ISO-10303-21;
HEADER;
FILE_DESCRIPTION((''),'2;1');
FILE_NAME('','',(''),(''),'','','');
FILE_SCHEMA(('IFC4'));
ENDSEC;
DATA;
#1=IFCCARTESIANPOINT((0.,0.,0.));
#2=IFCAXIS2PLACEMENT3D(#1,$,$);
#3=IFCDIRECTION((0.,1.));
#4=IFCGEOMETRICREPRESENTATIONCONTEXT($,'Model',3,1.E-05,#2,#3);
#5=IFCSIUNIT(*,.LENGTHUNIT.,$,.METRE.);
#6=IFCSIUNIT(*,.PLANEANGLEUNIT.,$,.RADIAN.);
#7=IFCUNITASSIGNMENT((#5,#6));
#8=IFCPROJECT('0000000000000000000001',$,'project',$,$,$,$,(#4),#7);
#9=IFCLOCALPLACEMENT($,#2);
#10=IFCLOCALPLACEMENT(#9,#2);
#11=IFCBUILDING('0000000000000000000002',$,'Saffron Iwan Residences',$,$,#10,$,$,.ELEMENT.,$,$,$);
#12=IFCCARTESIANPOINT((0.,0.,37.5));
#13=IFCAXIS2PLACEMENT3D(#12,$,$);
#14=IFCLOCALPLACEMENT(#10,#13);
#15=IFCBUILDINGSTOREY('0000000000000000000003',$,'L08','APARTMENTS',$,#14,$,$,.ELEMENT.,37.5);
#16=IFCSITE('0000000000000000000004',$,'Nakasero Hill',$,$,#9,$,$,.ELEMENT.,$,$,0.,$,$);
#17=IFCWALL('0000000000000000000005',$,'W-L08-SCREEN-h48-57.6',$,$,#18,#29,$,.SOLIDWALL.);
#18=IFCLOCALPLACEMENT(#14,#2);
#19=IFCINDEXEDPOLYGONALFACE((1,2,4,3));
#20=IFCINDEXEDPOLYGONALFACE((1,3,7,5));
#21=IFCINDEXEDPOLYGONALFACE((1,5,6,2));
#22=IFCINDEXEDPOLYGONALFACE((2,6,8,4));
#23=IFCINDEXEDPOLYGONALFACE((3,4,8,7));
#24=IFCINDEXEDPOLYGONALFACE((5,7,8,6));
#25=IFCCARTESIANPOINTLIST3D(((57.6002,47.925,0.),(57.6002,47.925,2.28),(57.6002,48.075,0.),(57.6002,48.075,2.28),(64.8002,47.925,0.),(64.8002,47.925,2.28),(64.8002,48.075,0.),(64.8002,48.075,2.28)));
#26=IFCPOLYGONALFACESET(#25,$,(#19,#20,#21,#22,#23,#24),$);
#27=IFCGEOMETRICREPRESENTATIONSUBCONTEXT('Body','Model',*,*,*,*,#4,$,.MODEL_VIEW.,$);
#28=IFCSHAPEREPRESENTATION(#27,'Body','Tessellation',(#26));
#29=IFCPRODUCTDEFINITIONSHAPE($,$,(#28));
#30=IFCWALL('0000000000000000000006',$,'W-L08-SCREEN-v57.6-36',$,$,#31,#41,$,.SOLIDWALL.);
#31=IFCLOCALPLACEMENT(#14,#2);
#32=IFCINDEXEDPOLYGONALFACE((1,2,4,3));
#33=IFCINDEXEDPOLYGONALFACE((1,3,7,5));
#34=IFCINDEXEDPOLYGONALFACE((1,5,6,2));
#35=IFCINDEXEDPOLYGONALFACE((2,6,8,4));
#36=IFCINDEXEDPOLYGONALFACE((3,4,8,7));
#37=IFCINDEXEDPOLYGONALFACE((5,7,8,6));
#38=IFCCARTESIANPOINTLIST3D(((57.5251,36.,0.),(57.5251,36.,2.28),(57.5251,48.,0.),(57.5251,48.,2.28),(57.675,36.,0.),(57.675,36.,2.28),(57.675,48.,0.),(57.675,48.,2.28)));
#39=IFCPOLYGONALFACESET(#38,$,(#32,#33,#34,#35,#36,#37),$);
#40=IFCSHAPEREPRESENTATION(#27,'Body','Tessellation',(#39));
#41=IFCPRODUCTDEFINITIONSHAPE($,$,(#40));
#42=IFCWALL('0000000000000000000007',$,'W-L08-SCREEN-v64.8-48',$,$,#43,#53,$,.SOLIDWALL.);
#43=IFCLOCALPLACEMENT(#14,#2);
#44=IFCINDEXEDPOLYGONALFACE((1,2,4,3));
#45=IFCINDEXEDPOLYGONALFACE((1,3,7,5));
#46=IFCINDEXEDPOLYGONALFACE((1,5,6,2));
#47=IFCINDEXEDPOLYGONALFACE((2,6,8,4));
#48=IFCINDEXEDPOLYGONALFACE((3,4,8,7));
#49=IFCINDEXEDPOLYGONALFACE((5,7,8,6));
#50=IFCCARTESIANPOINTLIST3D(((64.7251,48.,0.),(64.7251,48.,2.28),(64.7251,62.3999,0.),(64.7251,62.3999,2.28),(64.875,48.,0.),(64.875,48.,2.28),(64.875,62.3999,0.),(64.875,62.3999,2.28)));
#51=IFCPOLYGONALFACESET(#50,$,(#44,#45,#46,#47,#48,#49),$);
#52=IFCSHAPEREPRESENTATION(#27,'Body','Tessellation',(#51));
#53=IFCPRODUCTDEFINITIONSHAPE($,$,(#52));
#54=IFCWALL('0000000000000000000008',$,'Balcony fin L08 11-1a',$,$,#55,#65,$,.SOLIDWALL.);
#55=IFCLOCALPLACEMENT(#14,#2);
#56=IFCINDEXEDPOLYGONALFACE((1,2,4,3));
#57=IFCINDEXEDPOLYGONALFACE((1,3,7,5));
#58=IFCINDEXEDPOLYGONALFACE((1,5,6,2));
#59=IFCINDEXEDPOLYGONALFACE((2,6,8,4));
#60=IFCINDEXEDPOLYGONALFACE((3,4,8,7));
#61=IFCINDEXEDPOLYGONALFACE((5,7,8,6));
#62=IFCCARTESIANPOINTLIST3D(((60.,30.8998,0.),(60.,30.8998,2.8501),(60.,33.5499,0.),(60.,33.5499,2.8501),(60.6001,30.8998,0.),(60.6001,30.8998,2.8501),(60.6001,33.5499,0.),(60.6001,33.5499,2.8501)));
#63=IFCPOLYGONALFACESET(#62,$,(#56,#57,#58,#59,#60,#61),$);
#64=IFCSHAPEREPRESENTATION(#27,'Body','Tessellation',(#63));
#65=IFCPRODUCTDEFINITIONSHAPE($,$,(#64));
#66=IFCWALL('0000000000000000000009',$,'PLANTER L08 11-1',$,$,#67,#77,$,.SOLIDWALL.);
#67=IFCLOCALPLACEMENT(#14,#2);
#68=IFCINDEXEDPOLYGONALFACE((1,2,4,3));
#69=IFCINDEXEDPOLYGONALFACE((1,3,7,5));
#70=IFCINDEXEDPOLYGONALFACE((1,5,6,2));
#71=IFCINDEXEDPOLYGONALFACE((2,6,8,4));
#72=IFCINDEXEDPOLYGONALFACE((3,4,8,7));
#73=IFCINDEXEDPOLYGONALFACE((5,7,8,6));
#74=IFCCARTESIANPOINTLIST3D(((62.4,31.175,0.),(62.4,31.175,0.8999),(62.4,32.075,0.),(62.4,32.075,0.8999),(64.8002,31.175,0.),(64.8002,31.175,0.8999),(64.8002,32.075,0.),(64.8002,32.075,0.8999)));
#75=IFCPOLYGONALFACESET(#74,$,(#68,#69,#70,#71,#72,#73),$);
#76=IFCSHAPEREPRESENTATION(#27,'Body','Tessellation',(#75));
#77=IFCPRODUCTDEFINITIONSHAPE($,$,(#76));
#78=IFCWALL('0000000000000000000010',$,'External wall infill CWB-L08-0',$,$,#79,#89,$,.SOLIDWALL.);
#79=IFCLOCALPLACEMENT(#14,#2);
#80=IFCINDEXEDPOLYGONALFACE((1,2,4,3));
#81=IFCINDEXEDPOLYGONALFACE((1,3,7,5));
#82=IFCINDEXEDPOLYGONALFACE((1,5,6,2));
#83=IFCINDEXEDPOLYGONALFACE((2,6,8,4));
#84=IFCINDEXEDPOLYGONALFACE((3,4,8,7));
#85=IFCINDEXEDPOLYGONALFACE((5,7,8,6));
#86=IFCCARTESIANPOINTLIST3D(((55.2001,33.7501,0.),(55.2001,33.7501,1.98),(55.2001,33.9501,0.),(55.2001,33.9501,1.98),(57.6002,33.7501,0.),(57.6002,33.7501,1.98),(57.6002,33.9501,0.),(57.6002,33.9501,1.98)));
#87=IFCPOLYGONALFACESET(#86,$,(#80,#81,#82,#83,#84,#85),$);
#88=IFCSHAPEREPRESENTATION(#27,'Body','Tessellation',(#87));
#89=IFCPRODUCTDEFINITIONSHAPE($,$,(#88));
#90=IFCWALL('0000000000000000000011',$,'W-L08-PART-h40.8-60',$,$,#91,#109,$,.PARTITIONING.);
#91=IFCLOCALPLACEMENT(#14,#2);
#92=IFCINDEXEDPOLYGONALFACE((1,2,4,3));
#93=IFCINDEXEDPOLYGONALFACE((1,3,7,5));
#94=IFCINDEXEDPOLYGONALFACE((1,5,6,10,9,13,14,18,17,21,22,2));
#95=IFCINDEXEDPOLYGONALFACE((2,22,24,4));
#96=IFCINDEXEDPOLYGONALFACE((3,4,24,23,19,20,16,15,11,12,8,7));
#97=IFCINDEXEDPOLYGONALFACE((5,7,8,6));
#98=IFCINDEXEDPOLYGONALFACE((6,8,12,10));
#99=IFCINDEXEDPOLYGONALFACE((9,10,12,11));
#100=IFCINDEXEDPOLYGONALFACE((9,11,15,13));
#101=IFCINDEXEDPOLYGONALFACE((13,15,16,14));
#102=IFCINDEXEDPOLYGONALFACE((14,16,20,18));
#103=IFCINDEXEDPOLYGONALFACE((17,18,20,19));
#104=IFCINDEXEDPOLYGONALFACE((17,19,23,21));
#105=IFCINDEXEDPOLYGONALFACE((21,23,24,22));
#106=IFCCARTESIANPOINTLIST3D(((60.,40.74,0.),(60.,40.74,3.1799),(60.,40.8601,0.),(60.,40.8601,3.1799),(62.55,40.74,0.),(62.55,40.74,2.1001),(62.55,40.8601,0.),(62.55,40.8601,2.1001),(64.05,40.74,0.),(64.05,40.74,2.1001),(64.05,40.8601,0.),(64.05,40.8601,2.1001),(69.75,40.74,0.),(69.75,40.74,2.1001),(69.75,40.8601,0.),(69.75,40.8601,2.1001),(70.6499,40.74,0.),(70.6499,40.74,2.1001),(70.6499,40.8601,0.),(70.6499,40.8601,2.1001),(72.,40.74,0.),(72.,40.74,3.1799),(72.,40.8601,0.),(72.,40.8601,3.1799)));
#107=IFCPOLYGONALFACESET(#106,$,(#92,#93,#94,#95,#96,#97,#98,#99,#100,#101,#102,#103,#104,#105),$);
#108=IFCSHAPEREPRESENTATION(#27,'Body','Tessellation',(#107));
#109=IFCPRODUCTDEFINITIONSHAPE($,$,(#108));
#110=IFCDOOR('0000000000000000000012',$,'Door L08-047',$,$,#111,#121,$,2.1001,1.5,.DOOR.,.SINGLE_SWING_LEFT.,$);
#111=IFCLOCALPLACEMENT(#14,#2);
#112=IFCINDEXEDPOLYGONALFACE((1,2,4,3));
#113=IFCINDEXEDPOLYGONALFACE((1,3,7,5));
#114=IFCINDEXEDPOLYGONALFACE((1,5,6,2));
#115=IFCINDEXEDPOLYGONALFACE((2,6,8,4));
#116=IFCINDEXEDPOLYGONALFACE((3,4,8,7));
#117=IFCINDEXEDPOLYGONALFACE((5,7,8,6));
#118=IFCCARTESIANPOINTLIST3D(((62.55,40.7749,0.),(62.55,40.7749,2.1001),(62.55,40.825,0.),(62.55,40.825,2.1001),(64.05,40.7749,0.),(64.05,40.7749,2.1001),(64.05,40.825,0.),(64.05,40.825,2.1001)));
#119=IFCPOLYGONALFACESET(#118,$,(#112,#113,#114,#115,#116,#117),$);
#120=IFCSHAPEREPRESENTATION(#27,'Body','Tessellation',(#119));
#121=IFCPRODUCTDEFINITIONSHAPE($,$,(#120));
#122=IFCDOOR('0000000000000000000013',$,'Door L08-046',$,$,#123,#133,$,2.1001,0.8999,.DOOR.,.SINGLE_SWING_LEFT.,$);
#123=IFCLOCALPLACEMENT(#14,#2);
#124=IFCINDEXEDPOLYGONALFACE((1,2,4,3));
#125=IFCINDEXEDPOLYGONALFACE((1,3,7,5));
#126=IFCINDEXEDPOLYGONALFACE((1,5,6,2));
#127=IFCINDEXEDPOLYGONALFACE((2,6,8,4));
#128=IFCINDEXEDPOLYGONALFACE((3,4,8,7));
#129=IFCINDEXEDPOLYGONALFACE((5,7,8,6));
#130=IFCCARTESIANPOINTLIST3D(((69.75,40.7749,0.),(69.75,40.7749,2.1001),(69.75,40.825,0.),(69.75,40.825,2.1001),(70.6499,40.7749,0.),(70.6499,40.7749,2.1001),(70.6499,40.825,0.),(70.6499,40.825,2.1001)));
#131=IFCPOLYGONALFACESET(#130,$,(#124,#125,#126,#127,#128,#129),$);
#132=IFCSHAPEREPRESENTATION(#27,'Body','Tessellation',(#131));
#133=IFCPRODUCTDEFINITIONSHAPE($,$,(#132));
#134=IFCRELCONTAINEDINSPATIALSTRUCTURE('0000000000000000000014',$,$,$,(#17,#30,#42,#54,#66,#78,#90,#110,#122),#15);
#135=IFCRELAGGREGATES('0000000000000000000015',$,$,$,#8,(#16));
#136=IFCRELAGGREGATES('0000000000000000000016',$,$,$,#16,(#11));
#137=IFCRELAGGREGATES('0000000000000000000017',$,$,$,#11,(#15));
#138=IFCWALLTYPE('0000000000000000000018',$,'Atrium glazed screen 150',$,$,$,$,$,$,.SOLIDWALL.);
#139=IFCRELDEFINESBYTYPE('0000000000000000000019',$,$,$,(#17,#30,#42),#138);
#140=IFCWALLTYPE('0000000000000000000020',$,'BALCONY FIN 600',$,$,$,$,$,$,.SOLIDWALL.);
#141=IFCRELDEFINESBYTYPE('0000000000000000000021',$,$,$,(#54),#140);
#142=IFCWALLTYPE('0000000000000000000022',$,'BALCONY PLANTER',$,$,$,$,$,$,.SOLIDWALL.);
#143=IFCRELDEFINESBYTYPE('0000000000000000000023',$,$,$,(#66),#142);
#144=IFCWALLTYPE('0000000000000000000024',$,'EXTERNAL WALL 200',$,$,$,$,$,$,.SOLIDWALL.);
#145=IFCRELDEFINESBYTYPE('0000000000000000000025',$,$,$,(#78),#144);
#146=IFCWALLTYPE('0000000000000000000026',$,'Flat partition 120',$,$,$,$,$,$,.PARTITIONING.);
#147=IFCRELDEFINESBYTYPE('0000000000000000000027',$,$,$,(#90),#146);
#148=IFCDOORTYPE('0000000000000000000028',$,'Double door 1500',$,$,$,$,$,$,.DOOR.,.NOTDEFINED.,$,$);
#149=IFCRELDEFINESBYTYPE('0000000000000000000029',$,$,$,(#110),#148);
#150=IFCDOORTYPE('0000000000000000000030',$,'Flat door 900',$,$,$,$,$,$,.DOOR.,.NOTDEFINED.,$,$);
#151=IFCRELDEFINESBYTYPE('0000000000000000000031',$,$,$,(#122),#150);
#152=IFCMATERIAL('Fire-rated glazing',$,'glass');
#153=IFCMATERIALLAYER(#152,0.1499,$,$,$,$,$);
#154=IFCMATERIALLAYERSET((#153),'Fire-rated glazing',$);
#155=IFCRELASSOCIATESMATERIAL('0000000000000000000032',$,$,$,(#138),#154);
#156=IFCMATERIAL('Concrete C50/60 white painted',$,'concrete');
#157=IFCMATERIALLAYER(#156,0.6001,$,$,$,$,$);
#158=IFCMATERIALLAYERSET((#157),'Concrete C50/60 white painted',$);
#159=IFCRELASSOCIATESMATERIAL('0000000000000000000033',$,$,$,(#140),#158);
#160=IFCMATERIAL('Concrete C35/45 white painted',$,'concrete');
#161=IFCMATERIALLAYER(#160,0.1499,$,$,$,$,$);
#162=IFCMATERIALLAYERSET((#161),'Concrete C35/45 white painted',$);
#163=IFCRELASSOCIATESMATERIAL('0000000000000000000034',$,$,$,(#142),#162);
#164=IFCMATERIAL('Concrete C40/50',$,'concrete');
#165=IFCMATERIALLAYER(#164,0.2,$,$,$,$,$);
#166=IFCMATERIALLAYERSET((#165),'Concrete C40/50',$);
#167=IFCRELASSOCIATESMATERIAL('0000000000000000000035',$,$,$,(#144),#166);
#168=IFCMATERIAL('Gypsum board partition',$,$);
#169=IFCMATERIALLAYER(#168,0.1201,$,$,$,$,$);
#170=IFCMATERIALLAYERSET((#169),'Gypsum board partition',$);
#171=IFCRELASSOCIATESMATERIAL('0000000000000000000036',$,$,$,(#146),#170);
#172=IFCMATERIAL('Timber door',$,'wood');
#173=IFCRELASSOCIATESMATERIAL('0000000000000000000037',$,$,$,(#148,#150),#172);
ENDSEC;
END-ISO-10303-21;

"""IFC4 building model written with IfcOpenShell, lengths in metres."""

from ifc_helpers import new_model, si_unit, direction, frame, frame_2d, origin, place, context, subcontext, project, spatial, rectangle, extrude, material, layer, layer_set, type_object, element, fill, save


model = new_model("IFC4")

# Units and contexts
model_context = context("Model", 3, precision=1e-05, world=origin(), true_north=direction((0.0, 1.0)))
body_context = subcontext(model_context, "Body", "Model", "MODEL_VIEW")
ifc_project = project(units=[si_unit("LENGTHUNIT", "METRE"), si_unit("PLANEANGLEUNIT", "RADIAN")], contexts=[model_context])

# Site, building, storey
site_placement = place(None, origin())
site = spatial("IfcSite", under=ifc_project, at=site_placement, Name="Nakasero Hill", CompositionType="ELEMENT", RefElevation=0.0)
building_placement = place(site_placement, origin())
building = spatial("IfcBuilding", under=site, at=building_placement, Name="Saffron Iwan Residences", CompositionType="ELEMENT")
storey_placement = place(building_placement, frame((0.0, 0.0, 37.5)))
storey = spatial("IfcBuildingStorey", under=building, at=storey_placement, Name="L08", Description="APARTMENTS", CompositionType="ELEMENT", Elevation=37.5)

# Shared definitions
ifc_material_1 = material(Name="Concrete C50/60 white painted", Category="concrete")

# Walls
ifc_material_2 = material(Name="Fire-rated glazing", Category="glass")
ifc_layer_1 = layer(ifc_material_2, 0.1499)
ifc_layer_set_1 = layer_set([ifc_layer_1], Name="Fire-rated glazing")
wall_type_1 = type_object("IfcWallType", Name="Atrium glazed screen 150", PredefinedType="SOLIDWALL", material=ifc_layer_set_1)
wall_1_placement = place(storey_placement, frame((57.6001, 48.0, 0.0), z_axis=(0.0, 0.0, 1.0), x_axis=(1.0, 0.0, 0.0)))
element("IfcWall", 1, at=wall_1_placement, inside=storey, type_object=wall_type_1, Name="W-L08-SCREEN-h48-57.6", PredefinedType="SOLIDWALL", context=body_context, shape_type="SweptSolid", body=[
    extrude(rectangle(XDim=7.2, YDim=0.1499, at=frame_2d((3.6001, 0.0))), origin(), (0.0, 0.0, 1.0), 2.28),
])
wall_2_placement = place(storey_placement, frame((57.6001, 36.0, 0.0), z_axis=(0.0, 0.0, 1.0), x_axis=(0.0, 1.0, 0.0)))
element("IfcWall", 2, at=wall_2_placement, inside=storey, type_object=wall_type_1, Name="W-L08-SCREEN-v57.6-36", PredefinedType="SOLIDWALL", context=body_context, shape_type="SweptSolid", body=[
    extrude(rectangle(XDim=12.0, YDim=0.1499, at=frame_2d((6.0, 0.0))), origin(), (0.0, 0.0, 1.0), 2.28),
])
wall_3_placement = place(storey_placement, frame((64.8, 48.0, 0.0), z_axis=(0.0, 0.0, 1.0), x_axis=(0.0, 1.0, 0.0)))
element("IfcWall", 3, at=wall_3_placement, inside=storey, type_object=wall_type_1, Name="W-L08-SCREEN-v64.8-48", PredefinedType="SOLIDWALL", context=body_context, shape_type="SweptSolid", body=[
    extrude(rectangle(XDim=14.3999, YDim=0.1499, at=frame_2d((7.2, 0.0))), origin(), (0.0, 0.0, 1.0), 2.28),
])
ifc_layer_2 = layer(ifc_material_1, 0.6001)
ifc_layer_set_2 = layer_set([ifc_layer_2], Name="Concrete C50/60 white painted")
wall_type_2 = type_object("IfcWallType", Name="BALCONY FIN 600", PredefinedType="SOLIDWALL", material=ifc_layer_set_2)
wall_4_placement = place(storey_placement, frame((60.3, 33.55, 0.0), z_axis=(0.0, 0.0, 1.0), x_axis=(0.0, -1.0, 0.0)))
element("IfcWall", 4, at=wall_4_placement, inside=storey, type_object=wall_type_2, Name="Balcony fin L08 11-1a", PredefinedType="SOLIDWALL", context=body_context, shape_type="SweptSolid", body=[
    extrude(rectangle(XDim=2.6501, YDim=0.6001, at=frame_2d((1.3252, 0.0))), origin(), (0.0, 0.0, 1.0), 2.8501),
])
ifc_material_3 = material(Name="Concrete C35/45 white painted", Category="concrete")
ifc_layer_3 = layer(ifc_material_3, 0.1499)
ifc_layer_set_3 = layer_set([ifc_layer_3], Name="Concrete C35/45 white painted")
wall_type_3 = type_object("IfcWallType", Name="BALCONY PLANTER", PredefinedType="SOLIDWALL", material=ifc_layer_set_3)
wall_5_placement = place(storey_placement, frame((62.3999, 31.625, 0.0), z_axis=(0.0, 0.0, 1.0), x_axis=(1.0, 0.0, 0.0)))
element("IfcWall", 5, at=wall_5_placement, inside=storey, type_object=wall_type_3, Name="PLANTER L08 11-1", PredefinedType="SOLIDWALL", context=body_context, shape_type="SweptSolid", body=[
    extrude(rectangle(XDim=2.4001, YDim=0.8999, at=frame_2d((1.2002, 0.0))), origin(), (0.0, 0.0, 1.0), 0.8999),
])

# Shared definitions
ifc_material_4 = material(Name="Concrete C40/50", Category="concrete")
ifc_layer_4 = layer(ifc_material_4, 0.2)
ifc_layer_set_4 = layer_set([ifc_layer_4], Name="Concrete C40/50")
wall_type_4 = type_object("IfcWallType", Name="EXTERNAL WALL 200", PredefinedType="SOLIDWALL", material=ifc_layer_set_4)

# Wall
wall_6_placement = place(storey_placement, frame((55.2, 33.8501, 0.0), z_axis=(0.0, 0.0, 1.0), x_axis=(1.0, 0.0, 0.0)))
element("IfcWall", 6, at=wall_6_placement, inside=storey, type_object=wall_type_4, Name="External wall infill CWB-L08-0", PredefinedType="SOLIDWALL", context=body_context, shape_type="SweptSolid", body=[
    extrude(rectangle(XDim=2.4001, YDim=0.2, at=frame_2d((1.2002, 0.0))), origin(), (0.0, 0.0, 1.0), 1.98),
])

# Wall, openings, doors
ifc_material_5 = material(Name="Gypsum board partition")
ifc_layer_5 = layer(ifc_material_5, 0.1201)
ifc_layer_set_5 = layer_set([ifc_layer_5], Name="Gypsum board partition")
wall_type_5 = type_object("IfcWallType", Name="Flat partition 120", PredefinedType="PARTITIONING", material=ifc_layer_set_5)
wall_7_placement = place(storey_placement, frame((60.0, 40.8, 0.0), z_axis=(0.0, 0.0, 1.0), x_axis=(1.0, 0.0, 0.0)))
wall_7 = element("IfcWall", 7, at=wall_7_placement, inside=storey, type_object=wall_type_5, Name="W-L08-PART-h40.8-60", PredefinedType="PARTITIONING", context=body_context, shape_type="SweptSolid", body=[
    extrude(rectangle(XDim=12.0, YDim=0.1201, at=frame_2d((6.0, 0.0))), origin(), (0.0, 0.0, 1.0), 3.1799),
])
opening_1_placement = place(wall_7_placement, frame((9.75, 0.0, 0.0)))
opening_1 = element("IfcOpeningElement", 8, at=opening_1_placement, cuts=wall_7, PredefinedType="OPENING", context=body_context, shape_type="SweptSolid", body=[
    extrude(rectangle(XDim=0.8999, YDim=2.1001, at=frame_2d((0.45, 1.05))), frame((0.0, 0.0701, 0.0), z_axis=(0.0, -1.0, 0.0), x_axis=(1.0, 0.0, 0.0)), (0.0, 0.0, 1.0), 0.1401),
])
opening_2_placement = place(wall_7_placement, frame((2.55, 0.0, 0.0)))
opening_2 = element("IfcOpeningElement", 9, at=opening_2_placement, cuts=wall_7, PredefinedType="OPENING", context=body_context, shape_type="SweptSolid", body=[
    extrude(rectangle(XDim=1.5, YDim=2.1001, at=frame_2d((0.75, 1.05))), frame((0.0, 0.0701, 0.0), z_axis=(0.0, -1.0, 0.0), x_axis=(1.0, 0.0, 0.0)), (0.0, 0.0, 1.0), 0.1401),
])
ifc_material_6 = material(Name="Timber door", Category="wood")
door_type_1 = type_object("IfcDoorType", Name="Double door 1500", OperationType="NOTDEFINED", PredefinedType="DOOR", material=ifc_material_6)
door_1_placement = place(opening_2_placement, origin())
door_1 = element("IfcDoor", 10, at=door_1_placement, inside=storey, type_object=door_type_1, Name="Door L08-047", OperationType="SINGLE_SWING_LEFT", OverallHeight=2.1001, OverallWidth=1.5, PredefinedType="DOOR", context=body_context, shape_type="SweptSolid", body=[
    extrude(rectangle(XDim=1.5, YDim=2.1001, at=frame_2d((0.75, 1.05))), frame((0.0, 0.0249, 0.0), z_axis=(0.0, -1.0, 0.0), x_axis=(1.0, 0.0, 0.0)), (0.0, 0.0, 1.0), 0.05),
])
fill(opening_2, door_1)
door_type_2 = type_object("IfcDoorType", Name="Flat door 900", OperationType="NOTDEFINED", PredefinedType="DOOR", material=ifc_material_6)
door_2_placement = place(opening_1_placement, origin())
door_2 = element("IfcDoor", 11, at=door_2_placement, inside=storey, type_object=door_type_2, Name="Door L08-046", OperationType="SINGLE_SWING_LEFT", OverallHeight=2.1001, OverallWidth=0.8999, PredefinedType="DOOR", context=body_context, shape_type="SweptSolid", body=[
    extrude(rectangle(XDim=0.8999, YDim=2.1001, at=frame_2d((0.45, 1.05))), frame((0.0, 0.0249, 0.0), z_axis=(0.0, -1.0, 0.0), x_axis=(1.0, 0.0, 0.0)), (0.0, 0.0, 1.0), 0.05),
])
fill(opening_1, door_2)

save(model, "model.ifc")
